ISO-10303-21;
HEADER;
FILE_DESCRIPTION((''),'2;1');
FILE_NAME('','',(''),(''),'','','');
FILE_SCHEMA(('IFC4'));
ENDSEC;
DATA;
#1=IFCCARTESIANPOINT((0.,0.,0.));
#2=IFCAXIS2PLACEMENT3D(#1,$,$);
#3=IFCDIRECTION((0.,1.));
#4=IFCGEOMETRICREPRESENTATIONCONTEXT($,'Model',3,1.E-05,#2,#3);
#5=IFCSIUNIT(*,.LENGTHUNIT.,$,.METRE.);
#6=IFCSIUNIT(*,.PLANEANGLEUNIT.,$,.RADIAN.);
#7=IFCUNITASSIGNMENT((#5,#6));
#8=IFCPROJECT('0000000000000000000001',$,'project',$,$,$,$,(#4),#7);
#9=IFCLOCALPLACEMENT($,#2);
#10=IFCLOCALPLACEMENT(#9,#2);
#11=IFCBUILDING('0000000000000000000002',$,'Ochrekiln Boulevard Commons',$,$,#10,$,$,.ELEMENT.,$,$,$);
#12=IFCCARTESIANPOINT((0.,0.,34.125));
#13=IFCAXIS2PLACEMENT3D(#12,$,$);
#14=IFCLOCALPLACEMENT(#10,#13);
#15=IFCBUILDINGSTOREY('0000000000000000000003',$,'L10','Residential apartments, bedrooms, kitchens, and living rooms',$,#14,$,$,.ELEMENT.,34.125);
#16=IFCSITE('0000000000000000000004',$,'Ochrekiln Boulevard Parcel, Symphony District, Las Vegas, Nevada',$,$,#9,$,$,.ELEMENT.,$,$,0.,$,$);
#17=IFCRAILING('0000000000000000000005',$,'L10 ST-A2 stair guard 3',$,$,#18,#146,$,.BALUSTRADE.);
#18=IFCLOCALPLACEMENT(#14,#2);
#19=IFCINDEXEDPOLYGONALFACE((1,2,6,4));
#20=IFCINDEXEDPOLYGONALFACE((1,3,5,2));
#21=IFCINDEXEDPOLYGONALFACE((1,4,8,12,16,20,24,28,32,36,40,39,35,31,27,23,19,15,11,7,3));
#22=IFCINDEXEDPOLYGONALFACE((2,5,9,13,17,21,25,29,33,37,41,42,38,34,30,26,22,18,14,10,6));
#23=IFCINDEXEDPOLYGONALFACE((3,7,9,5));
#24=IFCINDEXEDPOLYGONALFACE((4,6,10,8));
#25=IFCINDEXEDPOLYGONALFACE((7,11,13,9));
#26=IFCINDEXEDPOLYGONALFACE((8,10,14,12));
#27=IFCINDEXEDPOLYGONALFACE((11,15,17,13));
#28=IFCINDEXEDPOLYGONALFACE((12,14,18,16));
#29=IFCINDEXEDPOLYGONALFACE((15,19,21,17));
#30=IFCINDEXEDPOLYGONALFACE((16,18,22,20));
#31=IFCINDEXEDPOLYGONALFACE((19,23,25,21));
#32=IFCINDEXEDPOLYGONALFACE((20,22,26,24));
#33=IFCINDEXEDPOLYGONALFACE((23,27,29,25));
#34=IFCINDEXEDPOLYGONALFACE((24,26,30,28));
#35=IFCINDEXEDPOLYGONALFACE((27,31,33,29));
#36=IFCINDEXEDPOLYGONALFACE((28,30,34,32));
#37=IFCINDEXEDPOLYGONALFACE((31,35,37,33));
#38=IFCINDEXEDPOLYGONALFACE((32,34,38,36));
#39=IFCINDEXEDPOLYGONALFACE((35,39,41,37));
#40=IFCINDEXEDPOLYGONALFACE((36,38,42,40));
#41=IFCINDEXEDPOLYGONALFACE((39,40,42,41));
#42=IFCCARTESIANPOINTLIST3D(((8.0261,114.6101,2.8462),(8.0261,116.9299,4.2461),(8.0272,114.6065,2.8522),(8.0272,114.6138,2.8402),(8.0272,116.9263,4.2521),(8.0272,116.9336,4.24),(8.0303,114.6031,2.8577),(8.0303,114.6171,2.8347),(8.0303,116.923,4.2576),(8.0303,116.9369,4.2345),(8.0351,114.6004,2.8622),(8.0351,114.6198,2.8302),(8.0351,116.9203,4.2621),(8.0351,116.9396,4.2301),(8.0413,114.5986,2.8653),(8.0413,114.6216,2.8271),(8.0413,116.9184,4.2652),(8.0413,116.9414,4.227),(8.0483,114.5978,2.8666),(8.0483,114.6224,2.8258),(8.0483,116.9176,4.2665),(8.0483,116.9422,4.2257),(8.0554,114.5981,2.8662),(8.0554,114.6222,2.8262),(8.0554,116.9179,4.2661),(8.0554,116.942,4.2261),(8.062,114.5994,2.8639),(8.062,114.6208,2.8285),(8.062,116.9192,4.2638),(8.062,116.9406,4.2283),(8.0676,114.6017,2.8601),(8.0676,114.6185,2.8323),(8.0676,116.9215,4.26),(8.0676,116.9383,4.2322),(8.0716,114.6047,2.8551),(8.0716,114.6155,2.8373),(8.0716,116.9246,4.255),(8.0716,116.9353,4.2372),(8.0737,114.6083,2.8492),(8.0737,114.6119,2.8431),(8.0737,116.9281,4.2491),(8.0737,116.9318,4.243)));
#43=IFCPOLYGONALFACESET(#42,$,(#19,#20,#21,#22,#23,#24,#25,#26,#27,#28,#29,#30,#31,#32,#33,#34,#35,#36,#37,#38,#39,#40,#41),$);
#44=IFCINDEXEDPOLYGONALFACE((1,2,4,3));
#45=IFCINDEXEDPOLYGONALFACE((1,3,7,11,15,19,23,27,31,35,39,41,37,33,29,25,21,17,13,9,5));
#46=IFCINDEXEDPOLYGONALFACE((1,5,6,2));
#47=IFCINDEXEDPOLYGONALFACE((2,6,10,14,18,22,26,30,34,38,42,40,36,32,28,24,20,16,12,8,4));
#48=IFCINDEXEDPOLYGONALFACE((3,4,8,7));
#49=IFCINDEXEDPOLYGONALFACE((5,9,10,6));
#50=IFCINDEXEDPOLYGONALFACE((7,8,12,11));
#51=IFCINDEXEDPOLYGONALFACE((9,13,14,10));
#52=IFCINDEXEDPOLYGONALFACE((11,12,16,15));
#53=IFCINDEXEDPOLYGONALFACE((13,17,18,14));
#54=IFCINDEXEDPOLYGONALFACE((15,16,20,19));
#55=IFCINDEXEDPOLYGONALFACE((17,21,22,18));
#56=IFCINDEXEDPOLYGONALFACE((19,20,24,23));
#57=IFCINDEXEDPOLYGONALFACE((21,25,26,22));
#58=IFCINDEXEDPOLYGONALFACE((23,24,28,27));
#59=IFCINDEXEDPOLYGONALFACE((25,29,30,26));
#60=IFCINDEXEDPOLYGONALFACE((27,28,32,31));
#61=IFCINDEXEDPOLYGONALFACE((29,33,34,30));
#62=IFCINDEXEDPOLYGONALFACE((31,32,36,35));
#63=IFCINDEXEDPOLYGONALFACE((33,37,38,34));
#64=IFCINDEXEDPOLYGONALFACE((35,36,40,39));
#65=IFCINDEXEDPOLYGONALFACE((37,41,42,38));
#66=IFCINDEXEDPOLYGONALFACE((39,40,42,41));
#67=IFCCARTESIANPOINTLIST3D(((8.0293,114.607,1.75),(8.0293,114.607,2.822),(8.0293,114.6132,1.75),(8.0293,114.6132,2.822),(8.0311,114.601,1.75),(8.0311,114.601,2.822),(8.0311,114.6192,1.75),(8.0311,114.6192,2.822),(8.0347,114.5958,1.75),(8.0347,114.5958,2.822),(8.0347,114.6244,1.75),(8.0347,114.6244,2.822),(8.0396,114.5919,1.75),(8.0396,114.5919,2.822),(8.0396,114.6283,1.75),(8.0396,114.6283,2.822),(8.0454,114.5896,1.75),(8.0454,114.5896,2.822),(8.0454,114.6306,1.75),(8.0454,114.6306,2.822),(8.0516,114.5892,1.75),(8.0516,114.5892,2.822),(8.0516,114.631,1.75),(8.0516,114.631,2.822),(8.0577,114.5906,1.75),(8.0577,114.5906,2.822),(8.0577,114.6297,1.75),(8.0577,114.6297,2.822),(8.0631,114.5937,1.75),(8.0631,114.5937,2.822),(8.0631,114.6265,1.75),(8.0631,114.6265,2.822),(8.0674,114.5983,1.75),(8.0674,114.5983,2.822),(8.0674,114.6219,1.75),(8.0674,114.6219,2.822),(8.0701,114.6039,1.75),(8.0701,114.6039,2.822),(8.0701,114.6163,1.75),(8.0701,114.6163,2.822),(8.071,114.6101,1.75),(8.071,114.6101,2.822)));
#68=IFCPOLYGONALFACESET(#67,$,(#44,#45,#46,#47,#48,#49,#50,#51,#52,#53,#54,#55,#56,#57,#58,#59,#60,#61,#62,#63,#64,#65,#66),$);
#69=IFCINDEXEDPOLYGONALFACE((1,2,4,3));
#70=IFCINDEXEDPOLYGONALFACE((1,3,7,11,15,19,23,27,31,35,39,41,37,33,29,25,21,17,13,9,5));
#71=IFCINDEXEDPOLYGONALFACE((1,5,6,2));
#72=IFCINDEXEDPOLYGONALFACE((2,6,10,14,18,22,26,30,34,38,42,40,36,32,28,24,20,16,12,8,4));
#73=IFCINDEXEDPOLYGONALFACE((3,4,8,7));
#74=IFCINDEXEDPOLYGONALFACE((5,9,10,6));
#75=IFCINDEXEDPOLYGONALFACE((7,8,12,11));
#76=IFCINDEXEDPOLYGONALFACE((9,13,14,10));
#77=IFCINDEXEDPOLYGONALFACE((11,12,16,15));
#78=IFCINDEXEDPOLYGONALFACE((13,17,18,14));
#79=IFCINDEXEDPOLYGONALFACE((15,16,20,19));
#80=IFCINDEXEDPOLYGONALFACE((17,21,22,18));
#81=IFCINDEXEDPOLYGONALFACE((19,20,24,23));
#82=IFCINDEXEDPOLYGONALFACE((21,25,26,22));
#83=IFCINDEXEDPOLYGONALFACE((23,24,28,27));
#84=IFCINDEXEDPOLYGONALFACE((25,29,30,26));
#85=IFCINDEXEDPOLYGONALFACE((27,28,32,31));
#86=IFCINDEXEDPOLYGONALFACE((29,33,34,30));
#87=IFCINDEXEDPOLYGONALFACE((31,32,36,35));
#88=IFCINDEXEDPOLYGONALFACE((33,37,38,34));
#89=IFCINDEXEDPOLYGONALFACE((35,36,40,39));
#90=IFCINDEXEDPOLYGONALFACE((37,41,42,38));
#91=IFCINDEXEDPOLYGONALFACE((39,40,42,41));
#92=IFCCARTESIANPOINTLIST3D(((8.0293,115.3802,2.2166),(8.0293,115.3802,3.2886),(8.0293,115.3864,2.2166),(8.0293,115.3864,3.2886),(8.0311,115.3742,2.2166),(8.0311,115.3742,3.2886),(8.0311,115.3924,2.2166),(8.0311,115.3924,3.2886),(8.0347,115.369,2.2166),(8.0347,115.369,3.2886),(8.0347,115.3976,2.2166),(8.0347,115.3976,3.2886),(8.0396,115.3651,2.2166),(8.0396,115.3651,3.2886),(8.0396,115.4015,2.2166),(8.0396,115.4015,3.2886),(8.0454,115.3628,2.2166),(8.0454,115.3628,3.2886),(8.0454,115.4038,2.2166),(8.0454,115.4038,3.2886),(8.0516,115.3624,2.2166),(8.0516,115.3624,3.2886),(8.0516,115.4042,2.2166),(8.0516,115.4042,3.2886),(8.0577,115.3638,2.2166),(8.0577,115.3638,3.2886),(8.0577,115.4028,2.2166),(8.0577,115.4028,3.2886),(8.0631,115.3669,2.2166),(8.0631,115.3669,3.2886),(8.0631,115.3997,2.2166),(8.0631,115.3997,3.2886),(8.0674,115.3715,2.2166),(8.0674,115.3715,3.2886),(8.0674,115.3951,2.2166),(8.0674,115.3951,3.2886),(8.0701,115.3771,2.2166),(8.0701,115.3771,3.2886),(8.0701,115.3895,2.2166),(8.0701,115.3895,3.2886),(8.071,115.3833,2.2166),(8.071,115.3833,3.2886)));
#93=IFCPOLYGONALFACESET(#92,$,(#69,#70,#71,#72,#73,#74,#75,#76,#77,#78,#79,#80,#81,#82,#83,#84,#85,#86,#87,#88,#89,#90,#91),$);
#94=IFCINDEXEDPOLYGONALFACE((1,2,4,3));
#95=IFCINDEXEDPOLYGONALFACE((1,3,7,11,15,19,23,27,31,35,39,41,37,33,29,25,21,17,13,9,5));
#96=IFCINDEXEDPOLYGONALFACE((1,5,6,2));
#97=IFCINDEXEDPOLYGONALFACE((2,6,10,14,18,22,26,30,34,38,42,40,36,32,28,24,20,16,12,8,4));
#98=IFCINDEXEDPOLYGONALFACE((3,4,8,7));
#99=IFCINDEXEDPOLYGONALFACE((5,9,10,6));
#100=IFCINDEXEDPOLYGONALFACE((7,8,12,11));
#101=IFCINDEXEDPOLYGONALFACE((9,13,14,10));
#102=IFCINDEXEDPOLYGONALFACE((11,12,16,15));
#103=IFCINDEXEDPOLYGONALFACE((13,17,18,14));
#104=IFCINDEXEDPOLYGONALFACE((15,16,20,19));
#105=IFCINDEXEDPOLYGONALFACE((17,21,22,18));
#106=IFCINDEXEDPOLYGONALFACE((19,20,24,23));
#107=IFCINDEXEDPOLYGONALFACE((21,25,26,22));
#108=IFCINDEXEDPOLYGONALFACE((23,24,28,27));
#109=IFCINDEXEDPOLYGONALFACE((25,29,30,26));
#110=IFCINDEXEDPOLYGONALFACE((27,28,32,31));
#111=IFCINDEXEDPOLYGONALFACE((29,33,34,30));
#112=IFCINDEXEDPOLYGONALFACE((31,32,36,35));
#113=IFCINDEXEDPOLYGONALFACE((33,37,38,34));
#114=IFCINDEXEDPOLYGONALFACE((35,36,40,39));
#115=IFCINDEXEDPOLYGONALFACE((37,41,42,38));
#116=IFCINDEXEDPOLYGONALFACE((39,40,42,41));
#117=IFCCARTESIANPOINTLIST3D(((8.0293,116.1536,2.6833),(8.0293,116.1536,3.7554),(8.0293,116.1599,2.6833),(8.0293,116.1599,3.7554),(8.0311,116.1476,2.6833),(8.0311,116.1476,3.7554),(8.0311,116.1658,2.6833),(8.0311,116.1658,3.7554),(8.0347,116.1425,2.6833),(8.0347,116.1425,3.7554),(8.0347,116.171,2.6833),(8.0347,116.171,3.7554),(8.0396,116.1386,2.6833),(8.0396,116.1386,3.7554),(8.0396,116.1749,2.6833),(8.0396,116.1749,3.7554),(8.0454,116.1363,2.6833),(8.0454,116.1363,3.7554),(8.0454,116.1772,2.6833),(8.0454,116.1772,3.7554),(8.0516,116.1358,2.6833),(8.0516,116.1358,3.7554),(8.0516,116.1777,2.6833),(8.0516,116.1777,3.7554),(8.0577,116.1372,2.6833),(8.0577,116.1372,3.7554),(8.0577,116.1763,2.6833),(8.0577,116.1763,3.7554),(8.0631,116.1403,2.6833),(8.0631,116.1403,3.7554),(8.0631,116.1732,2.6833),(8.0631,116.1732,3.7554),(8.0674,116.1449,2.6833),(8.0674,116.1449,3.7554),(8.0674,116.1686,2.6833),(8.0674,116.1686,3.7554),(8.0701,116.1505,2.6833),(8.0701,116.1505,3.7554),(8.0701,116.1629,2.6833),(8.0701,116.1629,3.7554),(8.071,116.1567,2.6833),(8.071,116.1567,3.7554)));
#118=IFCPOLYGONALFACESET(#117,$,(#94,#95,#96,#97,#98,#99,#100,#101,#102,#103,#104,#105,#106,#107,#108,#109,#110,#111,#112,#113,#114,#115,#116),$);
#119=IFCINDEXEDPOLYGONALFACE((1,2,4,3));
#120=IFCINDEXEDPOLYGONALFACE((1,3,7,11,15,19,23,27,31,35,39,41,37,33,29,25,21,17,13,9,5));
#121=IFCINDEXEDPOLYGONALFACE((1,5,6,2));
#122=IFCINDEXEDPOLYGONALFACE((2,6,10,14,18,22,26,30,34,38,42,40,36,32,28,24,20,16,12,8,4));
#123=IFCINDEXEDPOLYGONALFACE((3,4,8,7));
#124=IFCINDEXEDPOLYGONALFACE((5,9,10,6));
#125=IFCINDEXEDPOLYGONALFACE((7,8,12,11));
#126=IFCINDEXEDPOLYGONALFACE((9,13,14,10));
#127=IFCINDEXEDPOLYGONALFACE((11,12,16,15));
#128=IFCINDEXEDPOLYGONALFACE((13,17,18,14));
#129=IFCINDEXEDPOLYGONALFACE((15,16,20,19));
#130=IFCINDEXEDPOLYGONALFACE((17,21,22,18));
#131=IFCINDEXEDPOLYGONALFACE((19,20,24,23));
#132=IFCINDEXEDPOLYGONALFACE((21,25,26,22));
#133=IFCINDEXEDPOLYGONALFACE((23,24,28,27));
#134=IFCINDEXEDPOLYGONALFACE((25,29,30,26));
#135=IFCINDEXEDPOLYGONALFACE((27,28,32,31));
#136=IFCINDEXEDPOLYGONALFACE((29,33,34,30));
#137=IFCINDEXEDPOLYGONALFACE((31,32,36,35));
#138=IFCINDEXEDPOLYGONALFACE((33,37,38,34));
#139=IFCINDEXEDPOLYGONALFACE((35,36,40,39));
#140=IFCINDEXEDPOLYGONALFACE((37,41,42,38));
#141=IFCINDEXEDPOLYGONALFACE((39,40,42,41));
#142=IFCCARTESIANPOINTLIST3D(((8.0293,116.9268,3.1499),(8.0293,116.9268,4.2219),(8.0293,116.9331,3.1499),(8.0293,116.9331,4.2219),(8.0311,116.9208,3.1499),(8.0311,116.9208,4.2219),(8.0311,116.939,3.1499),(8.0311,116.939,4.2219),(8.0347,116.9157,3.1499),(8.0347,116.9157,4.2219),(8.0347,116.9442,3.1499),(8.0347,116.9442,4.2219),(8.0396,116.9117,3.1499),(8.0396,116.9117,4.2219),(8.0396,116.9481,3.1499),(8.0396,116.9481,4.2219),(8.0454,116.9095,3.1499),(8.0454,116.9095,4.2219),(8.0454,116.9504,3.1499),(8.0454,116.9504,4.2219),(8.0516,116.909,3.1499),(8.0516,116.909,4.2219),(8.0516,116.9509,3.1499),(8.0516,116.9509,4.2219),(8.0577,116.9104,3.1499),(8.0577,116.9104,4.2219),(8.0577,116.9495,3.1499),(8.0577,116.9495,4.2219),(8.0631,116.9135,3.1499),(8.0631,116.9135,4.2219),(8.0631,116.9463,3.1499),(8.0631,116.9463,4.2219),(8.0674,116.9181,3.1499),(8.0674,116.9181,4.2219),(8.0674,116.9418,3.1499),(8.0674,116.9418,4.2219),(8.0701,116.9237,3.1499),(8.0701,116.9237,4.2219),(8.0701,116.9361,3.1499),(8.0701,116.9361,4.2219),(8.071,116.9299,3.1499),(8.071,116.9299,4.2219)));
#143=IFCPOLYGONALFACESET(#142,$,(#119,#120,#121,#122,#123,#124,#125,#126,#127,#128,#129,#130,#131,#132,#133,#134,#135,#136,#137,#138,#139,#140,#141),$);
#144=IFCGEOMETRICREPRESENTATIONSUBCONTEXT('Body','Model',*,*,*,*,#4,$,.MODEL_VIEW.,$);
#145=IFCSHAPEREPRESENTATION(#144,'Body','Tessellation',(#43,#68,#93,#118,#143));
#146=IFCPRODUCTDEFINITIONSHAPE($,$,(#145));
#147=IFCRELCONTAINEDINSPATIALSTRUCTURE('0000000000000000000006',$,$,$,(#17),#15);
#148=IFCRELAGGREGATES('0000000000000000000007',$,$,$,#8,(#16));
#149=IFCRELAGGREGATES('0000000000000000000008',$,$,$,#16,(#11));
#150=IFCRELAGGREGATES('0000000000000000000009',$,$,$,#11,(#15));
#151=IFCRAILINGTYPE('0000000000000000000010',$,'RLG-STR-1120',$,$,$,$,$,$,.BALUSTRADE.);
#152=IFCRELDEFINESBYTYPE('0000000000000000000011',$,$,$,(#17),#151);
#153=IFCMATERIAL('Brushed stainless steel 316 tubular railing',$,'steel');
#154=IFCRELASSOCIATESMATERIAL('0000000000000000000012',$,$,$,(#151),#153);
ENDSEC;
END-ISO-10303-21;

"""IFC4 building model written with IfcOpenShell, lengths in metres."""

from ifc_helpers import new_model, si_unit, direction, frame, origin, origin_2d, place, context, subcontext, project, spatial, circle, extrude, material, type_object, element, save


model = new_model("IFC4")

# Units and contexts
model_context = context("Model", 3, precision=1e-05, world=origin(), true_north=direction((0.0, 1.0)))
body_context = subcontext(model_context, "Body", "Model", "MODEL_VIEW")
ifc_project = project(units=[si_unit("LENGTHUNIT", "METRE"), si_unit("PLANEANGLEUNIT", "RADIAN")], contexts=[model_context])

# Site, building, storey
site_placement = place(None, origin())
site = spatial("IfcSite", under=ifc_project, at=site_placement, Name="Ochrekiln Boulevard Parcel, Symphony District, Las Vegas, Nevada", CompositionType="ELEMENT", RefElevation=0.0)
building_placement = place(site_placement, origin())
building = spatial("IfcBuilding", under=site, at=building_placement, Name="Ochrekiln Boulevard Commons", CompositionType="ELEMENT")
storey_placement = place(building_placement, frame((0.0, 0.0, 34.125)))
storey = spatial("IfcBuildingStorey", under=building, at=storey_placement, Name="L10", Description="Residential apartments, bedrooms, kitchens, and living rooms", CompositionType="ELEMENT", Elevation=34.125)

# Railing
ifc_material_1 = material(Name="Brushed stainless steel 316 tubular railing", Category="steel")
railing_type_1 = type_object("IfcRailingType", Name="RLG-STR-1120", PredefinedType="BALUSTRADE", material=ifc_material_1)
railing_1_placement = place(storey_placement, frame((8.05, 114.6101, 1.75)))
element("IfcRailing", 1, at=railing_1_placement, inside=storey, type_object=railing_type_1, Name="L10 ST-A2 stair guard 3", PredefinedType="BALUSTRADE", context=body_context, shape_type="SweptSolid", body=[
    extrude(circle(Radius=0.0239, at=origin_2d()), frame((0.0, 0.0, 1.0962), z_axis=(0.0, 0.856186, 0.516667), x_axis=(-1.0, 0.0, 0.0)), (0.0, 0.0, 1.0), 2.7095),
    extrude(circle(Radius=0.021, at=origin_2d()), origin(), (0.0, 0.0, 1.0), 1.072),
    extrude(circle(Radius=0.021, at=origin_2d()), frame((0.0, 0.7732, 0.4666)), (0.0, 0.0, 1.0), 1.072),
    extrude(circle(Radius=0.021, at=origin_2d()), frame((0.0, 1.5466, 0.9333)), (0.0, 0.0, 1.0), 1.072),
    extrude(circle(Radius=0.021, at=origin_2d()), frame((0.0, 2.3198, 1.3999)), (0.0, 0.0, 1.0), 1.072),
])

save(model, "model.ifc")
